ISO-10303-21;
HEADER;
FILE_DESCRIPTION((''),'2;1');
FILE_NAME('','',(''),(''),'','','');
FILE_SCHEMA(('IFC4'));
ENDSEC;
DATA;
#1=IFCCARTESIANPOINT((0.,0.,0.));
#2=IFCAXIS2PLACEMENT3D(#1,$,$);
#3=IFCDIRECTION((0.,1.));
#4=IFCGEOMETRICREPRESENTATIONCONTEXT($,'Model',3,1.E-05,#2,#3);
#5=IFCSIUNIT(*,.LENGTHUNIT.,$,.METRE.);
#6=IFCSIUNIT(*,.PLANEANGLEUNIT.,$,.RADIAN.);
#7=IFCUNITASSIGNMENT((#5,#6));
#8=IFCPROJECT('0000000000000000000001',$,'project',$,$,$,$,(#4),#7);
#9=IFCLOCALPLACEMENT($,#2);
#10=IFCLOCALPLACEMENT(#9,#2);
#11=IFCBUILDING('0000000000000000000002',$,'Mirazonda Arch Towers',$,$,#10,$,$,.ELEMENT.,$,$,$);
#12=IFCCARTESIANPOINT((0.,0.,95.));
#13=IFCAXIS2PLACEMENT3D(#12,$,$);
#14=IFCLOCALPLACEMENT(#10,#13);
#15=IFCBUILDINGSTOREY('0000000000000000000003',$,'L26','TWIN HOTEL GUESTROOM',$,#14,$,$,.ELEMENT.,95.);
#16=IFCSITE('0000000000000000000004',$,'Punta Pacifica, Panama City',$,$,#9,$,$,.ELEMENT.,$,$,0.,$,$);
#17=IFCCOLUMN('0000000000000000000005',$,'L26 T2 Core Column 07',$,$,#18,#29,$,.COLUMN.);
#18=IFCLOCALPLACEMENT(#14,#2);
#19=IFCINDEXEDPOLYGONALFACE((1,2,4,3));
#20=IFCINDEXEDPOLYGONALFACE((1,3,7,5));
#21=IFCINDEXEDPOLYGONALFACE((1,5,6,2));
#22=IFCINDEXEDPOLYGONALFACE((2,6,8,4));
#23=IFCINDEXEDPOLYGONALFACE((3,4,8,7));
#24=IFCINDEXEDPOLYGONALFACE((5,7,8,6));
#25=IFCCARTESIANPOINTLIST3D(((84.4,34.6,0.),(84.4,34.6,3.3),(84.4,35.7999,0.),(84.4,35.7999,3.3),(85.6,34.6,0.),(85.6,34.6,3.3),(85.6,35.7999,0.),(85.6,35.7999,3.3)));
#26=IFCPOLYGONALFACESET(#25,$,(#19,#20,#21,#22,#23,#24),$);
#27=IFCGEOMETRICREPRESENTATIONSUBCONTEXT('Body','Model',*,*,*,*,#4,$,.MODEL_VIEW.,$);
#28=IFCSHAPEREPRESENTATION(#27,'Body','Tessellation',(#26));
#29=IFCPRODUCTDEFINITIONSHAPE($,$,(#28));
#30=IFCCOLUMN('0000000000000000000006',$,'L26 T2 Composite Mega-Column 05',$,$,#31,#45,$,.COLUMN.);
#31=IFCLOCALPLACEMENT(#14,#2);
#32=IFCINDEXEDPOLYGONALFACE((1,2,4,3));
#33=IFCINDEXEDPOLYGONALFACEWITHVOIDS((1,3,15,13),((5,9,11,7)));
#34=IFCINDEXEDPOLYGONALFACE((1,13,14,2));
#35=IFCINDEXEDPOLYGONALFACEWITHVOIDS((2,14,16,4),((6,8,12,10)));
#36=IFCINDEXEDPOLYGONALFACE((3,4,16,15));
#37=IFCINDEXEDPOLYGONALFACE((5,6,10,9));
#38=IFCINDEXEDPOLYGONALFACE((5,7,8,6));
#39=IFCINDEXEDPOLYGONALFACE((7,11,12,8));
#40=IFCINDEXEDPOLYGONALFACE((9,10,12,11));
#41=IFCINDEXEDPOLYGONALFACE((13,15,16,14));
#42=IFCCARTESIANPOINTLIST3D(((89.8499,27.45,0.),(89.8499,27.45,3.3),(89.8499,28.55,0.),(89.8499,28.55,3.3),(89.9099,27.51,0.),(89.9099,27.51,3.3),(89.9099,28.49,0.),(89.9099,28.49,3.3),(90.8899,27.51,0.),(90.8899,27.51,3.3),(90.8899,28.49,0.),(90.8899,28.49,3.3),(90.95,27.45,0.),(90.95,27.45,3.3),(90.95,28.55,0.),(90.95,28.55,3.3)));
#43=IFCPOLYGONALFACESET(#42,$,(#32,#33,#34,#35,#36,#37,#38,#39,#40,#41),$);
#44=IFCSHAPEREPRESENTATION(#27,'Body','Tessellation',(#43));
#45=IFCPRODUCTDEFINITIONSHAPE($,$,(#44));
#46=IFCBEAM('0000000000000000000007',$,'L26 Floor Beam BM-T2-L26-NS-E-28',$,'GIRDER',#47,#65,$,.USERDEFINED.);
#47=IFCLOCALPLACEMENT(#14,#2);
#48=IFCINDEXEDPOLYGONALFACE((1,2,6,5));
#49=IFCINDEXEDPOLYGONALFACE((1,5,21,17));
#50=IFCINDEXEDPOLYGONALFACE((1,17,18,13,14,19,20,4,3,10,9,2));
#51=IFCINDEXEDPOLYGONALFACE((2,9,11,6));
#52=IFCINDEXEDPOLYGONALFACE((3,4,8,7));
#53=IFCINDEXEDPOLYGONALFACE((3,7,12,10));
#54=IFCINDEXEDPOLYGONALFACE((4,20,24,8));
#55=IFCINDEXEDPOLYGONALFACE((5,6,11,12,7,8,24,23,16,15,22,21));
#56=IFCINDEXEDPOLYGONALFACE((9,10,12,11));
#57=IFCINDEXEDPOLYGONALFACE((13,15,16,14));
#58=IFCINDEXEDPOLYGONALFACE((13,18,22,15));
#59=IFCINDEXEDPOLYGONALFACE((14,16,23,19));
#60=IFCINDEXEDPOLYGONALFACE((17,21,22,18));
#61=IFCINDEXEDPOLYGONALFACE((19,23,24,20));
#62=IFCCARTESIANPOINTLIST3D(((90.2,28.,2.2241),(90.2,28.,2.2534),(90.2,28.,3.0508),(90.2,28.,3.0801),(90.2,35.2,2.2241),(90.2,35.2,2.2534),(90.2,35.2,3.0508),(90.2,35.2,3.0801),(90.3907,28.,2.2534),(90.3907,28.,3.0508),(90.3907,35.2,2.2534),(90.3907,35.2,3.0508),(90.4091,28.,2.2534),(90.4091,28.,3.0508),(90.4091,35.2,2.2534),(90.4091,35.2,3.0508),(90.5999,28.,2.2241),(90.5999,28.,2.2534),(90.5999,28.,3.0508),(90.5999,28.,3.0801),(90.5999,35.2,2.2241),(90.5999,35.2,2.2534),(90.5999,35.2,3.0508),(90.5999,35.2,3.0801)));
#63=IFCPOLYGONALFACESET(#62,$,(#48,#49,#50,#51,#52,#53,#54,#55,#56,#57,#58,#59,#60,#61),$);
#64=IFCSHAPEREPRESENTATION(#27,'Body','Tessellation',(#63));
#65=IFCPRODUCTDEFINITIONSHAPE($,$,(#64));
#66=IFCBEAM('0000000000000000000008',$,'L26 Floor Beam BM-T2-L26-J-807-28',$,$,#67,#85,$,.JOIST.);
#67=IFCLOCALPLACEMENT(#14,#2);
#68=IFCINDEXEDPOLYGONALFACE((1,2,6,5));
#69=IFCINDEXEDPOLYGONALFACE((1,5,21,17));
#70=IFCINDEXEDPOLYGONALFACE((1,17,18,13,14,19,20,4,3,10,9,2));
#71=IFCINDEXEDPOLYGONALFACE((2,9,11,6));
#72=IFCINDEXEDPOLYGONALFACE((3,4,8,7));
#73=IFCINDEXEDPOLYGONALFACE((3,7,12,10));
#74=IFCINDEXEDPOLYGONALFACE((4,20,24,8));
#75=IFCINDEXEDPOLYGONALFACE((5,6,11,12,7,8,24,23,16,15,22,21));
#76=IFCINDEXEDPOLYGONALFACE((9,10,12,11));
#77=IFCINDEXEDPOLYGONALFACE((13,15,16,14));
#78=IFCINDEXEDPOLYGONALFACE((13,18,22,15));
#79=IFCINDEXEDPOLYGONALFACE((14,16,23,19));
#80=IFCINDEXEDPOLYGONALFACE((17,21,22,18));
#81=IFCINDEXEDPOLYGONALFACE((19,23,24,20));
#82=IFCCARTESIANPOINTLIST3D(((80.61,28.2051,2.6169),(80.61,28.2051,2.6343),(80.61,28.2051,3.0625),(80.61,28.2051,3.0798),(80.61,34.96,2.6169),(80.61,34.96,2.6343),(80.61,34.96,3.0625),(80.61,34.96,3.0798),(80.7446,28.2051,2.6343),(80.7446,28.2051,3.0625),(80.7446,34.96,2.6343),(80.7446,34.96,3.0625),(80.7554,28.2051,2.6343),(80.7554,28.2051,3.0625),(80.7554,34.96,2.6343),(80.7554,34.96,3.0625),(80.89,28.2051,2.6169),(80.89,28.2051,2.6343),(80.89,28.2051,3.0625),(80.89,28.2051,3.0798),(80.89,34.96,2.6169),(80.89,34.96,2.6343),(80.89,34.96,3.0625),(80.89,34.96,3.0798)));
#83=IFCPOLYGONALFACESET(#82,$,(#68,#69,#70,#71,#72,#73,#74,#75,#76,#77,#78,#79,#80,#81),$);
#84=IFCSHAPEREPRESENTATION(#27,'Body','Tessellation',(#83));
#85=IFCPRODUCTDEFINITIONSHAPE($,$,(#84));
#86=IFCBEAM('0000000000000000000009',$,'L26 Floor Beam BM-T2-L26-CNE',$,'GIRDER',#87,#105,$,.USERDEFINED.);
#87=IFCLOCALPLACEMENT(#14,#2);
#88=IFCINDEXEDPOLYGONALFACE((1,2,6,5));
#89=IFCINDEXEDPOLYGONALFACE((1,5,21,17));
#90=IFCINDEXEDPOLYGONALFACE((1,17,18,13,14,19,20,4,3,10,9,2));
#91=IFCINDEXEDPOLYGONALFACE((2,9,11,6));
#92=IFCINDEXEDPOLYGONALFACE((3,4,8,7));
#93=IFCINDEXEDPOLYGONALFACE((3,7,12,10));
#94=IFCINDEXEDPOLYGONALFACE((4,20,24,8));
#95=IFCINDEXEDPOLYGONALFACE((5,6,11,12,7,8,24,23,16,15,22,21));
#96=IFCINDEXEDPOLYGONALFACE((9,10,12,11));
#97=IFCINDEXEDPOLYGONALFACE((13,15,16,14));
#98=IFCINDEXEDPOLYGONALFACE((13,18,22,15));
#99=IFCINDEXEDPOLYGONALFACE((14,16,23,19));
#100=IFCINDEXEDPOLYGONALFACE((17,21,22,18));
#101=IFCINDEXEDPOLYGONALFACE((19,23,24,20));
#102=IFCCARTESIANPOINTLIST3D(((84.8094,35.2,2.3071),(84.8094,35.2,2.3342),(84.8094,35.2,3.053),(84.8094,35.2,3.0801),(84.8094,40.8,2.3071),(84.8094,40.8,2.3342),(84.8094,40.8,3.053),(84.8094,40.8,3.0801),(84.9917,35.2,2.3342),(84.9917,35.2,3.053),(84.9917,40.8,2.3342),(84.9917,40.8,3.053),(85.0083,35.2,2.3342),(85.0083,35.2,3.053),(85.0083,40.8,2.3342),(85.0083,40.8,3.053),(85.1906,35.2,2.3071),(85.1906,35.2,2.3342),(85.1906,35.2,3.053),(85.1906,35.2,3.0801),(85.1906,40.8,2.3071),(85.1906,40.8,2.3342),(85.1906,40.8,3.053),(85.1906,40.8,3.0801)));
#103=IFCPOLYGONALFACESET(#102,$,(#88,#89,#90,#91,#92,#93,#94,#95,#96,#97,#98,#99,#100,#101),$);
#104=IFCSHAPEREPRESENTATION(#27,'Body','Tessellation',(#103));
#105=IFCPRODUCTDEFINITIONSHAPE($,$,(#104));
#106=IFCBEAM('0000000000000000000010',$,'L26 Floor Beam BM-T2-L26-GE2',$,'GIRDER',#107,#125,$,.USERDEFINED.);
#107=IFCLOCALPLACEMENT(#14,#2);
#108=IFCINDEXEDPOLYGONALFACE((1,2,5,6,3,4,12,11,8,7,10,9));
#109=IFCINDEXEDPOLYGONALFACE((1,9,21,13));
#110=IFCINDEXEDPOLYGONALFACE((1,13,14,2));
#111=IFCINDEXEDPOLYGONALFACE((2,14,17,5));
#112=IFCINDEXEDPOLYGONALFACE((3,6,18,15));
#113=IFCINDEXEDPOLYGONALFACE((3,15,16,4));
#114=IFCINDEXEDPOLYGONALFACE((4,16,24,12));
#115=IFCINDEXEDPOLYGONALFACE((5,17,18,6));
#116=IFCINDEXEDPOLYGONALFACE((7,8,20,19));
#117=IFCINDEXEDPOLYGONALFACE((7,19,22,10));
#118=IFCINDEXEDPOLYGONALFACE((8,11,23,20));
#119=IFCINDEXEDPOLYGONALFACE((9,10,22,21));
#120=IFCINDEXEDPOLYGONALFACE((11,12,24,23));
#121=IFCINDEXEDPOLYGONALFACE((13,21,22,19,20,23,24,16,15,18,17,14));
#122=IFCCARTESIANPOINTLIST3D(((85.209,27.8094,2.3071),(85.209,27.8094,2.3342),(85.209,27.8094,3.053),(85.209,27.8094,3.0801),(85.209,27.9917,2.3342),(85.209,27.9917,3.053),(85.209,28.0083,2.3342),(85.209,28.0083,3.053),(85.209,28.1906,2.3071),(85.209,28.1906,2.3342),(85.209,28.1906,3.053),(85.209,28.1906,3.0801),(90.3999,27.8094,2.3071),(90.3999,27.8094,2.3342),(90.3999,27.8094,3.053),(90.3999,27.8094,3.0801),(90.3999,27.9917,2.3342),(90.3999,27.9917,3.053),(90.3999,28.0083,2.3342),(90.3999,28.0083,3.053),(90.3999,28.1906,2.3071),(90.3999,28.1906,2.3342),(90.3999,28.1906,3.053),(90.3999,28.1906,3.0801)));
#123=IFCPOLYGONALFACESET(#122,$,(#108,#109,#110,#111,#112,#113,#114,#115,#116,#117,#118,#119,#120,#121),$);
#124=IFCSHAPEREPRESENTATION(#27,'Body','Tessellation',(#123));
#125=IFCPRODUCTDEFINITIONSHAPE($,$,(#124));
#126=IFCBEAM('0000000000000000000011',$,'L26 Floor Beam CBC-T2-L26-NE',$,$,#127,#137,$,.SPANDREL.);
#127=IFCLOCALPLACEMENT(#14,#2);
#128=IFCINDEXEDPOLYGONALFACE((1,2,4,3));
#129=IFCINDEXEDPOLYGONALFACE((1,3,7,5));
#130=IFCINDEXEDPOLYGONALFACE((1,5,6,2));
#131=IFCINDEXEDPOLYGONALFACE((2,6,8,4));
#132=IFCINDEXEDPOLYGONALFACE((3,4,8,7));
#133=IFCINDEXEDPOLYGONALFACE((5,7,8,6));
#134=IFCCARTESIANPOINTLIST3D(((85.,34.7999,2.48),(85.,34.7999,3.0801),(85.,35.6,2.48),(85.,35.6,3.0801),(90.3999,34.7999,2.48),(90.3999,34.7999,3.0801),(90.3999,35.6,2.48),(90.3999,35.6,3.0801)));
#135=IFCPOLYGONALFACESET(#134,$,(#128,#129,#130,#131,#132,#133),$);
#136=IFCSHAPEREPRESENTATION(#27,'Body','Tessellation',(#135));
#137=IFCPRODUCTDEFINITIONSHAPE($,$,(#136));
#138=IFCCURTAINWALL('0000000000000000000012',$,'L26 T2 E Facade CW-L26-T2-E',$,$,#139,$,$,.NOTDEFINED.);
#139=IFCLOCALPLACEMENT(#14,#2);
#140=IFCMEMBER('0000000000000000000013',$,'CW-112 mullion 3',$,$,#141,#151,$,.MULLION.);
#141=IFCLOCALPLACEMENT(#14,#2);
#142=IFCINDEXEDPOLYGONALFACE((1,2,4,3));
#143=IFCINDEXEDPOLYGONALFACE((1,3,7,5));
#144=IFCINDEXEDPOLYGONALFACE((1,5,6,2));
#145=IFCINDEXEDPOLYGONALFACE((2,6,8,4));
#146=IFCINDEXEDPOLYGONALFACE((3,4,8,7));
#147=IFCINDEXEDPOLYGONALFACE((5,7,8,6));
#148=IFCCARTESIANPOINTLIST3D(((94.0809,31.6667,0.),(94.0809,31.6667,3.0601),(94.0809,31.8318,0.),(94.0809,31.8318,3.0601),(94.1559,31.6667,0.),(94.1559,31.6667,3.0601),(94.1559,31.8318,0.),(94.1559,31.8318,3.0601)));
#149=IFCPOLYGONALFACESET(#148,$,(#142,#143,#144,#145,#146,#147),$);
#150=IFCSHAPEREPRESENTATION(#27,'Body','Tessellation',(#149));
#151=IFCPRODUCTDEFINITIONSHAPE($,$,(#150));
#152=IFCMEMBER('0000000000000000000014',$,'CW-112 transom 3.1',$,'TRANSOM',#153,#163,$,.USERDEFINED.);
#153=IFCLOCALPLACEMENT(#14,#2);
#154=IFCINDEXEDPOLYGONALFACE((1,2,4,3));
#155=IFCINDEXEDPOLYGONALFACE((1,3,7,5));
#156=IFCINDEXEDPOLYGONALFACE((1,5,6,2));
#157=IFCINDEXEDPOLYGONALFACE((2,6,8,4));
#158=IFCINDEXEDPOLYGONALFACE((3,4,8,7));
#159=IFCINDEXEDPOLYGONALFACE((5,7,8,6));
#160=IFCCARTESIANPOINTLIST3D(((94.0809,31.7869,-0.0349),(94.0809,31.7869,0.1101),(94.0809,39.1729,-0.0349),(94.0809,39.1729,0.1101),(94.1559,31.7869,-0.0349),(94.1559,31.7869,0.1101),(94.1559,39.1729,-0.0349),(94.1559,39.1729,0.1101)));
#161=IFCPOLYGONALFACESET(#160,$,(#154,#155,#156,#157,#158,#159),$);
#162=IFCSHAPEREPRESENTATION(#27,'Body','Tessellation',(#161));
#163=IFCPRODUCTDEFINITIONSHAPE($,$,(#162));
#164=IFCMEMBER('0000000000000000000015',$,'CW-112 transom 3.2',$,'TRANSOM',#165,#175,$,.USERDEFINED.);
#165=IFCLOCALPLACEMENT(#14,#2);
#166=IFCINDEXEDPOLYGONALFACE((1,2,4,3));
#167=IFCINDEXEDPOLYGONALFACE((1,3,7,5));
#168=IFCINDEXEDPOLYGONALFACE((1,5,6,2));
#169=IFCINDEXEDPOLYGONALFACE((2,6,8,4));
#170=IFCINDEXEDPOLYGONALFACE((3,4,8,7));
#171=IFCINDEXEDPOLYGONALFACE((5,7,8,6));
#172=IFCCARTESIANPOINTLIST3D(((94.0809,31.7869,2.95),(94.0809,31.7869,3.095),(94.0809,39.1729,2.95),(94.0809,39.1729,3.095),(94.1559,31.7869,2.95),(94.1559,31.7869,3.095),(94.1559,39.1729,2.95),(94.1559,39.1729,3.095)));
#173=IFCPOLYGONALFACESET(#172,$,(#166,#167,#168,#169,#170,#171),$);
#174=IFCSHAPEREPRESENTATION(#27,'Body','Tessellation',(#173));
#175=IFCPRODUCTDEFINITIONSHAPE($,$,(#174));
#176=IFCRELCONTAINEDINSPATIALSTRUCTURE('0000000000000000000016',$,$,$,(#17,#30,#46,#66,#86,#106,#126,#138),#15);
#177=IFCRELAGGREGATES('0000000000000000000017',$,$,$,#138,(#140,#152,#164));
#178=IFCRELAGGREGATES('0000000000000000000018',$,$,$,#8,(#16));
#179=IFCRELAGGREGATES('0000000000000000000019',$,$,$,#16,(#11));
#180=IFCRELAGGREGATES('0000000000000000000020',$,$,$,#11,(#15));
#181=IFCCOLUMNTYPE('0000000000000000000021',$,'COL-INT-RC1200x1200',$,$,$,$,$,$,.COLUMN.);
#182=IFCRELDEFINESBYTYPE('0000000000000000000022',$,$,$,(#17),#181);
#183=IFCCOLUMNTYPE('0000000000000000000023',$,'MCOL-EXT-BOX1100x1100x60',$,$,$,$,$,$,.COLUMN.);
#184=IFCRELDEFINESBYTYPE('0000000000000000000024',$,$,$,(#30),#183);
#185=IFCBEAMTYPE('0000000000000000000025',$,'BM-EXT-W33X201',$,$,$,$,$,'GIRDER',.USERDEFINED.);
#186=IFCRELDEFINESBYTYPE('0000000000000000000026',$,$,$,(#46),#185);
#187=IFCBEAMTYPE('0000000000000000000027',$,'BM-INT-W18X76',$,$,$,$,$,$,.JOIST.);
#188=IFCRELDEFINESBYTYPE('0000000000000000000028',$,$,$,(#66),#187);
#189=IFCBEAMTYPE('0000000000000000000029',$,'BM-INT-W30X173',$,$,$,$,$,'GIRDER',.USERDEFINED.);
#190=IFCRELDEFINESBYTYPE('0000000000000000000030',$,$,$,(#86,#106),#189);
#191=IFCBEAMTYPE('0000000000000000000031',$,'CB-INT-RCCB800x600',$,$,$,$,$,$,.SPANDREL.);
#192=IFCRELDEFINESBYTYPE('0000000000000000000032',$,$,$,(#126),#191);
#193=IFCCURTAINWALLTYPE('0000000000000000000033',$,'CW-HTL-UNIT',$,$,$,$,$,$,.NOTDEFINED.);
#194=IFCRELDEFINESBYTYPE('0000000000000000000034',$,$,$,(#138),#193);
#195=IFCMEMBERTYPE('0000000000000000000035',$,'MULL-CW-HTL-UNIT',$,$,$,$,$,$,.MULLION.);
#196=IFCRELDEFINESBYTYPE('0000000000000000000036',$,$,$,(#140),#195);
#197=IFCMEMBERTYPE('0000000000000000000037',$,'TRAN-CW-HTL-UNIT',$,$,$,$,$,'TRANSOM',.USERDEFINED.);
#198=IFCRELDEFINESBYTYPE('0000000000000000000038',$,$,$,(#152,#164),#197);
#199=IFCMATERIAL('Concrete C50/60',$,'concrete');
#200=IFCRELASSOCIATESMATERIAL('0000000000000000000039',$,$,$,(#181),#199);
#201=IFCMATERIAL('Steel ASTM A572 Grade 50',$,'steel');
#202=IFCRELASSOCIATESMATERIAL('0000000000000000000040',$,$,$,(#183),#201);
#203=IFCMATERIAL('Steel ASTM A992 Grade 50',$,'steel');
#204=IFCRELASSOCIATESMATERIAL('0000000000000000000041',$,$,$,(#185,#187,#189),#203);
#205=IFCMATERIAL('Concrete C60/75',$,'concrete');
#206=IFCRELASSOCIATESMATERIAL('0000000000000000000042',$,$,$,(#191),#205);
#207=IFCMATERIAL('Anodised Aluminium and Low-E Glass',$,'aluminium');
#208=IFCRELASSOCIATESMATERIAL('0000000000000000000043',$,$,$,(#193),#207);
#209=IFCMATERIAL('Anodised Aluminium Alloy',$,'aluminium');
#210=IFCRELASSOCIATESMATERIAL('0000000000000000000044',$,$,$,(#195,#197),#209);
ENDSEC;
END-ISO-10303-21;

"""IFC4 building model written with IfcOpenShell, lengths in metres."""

from ifc_helpers import new_model, si_unit, direction, frame, origin, origin_2d, place, context, subcontext, project, spatial, rectangle, hollow_rectangle, i_section, extrude, material, material_profile, profile_set, type_object, element, aggregate, save


model = new_model("IFC4")

# Units and contexts
model_context = context("Model", 3, precision=1e-05, world=origin(), true_north=direction((0.0, 1.0)))
body_context = subcontext(model_context, "Body", "Model", "MODEL_VIEW")
ifc_project = project(units=[si_unit("LENGTHUNIT", "METRE"), si_unit("PLANEANGLEUNIT", "RADIAN")], contexts=[model_context])

# Site, building, storey
site_placement = place(None, origin())
site = spatial("IfcSite", under=ifc_project, at=site_placement, Name="Punta Pacifica, Panama City", CompositionType="ELEMENT", RefElevation=0.0)
building_placement = place(site_placement, origin())
building = spatial("IfcBuilding", under=site, at=building_placement, Name="Mirazonda Arch Towers", CompositionType="ELEMENT")
storey_placement = place(building_placement, frame((0.0, 0.0, 95.0)))
storey = spatial("IfcBuildingStorey", under=building, at=storey_placement, Name="L26", Description="TWIN HOTEL GUESTROOM", CompositionType="ELEMENT", Elevation=95.0)

# Columns
ifc_material_1 = material(Name="Concrete C50/60", Category="concrete")
ifc_material_profile_1 = material_profile(ifc_material_1, rectangle(XDim=1.2, YDim=1.2, at=origin_2d()), Name="RC1200x1200")
ifc_profile_set_1 = profile_set([ifc_material_profile_1], Name="Concrete C50/60")
column_type_1 = type_object("IfcColumnType", Name="COL-INT-RC1200x1200", PredefinedType="COLUMN", material=ifc_profile_set_1)
column_1_placement = place(storey_placement, frame((85.0, 35.2, 0.0), z_axis=(0.0, 0.0, 1.0), x_axis=(1.0, 0.0, 0.0)))
element("IfcColumn", 1, at=column_1_placement, inside=storey, type_object=column_type_1, Name="L26 T2 Core Column 07", PredefinedType="COLUMN", context=body_context, shape_type="SweptSolid", body=[
    extrude(rectangle(XDim=1.2, YDim=1.2, at=origin_2d()), origin(), (0.0, 0.0, 1.0), 3.3),
])
ifc_material_2 = material(Name="Steel ASTM A572 Grade 50", Category="steel")
ifc_material_profile_2 = material_profile(ifc_material_2, hollow_rectangle(XDim=1.1001, YDim=1.1001, WallThickness=0.0601, at=origin_2d()), Name="BOX1100x1100x60")
ifc_profile_set_2 = profile_set([ifc_material_profile_2], Name="Steel ASTM A572 Grade 50")
column_type_2 = type_object("IfcColumnType", Name="MCOL-EXT-BOX1100x1100x60", PredefinedType="COLUMN", material=ifc_profile_set_2)
column_2_placement = place(storey_placement, frame((90.3999, 28.0, 0.0), z_axis=(0.0, 0.0, 1.0), x_axis=(1.0, 0.0, 0.0)))
element("IfcColumn", 2, at=column_2_placement, inside=storey, type_object=column_type_2, Name="L26 T2 Composite Mega-Column 05", PredefinedType="COLUMN", context=body_context, shape_type="SweptSolid", body=[
    extrude(hollow_rectangle(XDim=1.1001, YDim=1.1001, WallThickness=0.0601, at=origin_2d()), origin(), (0.0, 0.0, 1.0), 3.3),
])

# Beams
ifc_material_3 = material(Name="Steel ASTM A992 Grade 50", Category="steel")
ifc_material_profile_3 = material_profile(ifc_material_3, i_section(OverallWidth=0.3999, OverallDepth=0.856, WebThickness=0.0183, FlangeThickness=0.0293, at=origin_2d()), Name="W33X201")
ifc_profile_set_3 = profile_set([ifc_material_profile_3], Name="Steel ASTM A992 Grade 50")
beam_type_1 = type_object("IfcBeamType", Name="BM-EXT-W33X201", ElementType="GIRDER", PredefinedType="USERDEFINED", material=ifc_profile_set_3)
beam_1_placement = place(storey_placement, frame((90.3999, 28.0, 2.6521), z_axis=(0.0, 1.0, 0.0), x_axis=(-1.0, 0.0, 0.0)))
element("IfcBeam", 3, at=beam_1_placement, inside=storey, type_object=beam_type_1, Name="L26 Floor Beam BM-T2-L26-NS-E-28", ObjectType="GIRDER", PredefinedType="USERDEFINED", context=body_context, shape_type="SweptSolid", body=[
    extrude(i_section(OverallWidth=0.3999, OverallDepth=0.856, WebThickness=0.0183, FlangeThickness=0.0293, at=origin_2d()), origin(), (0.0, 0.0, 1.0), 7.2),
])
ifc_material_profile_4 = material_profile(ifc_material_3, i_section(OverallWidth=0.28, OverallDepth=0.4629, WebThickness=0.0107, FlangeThickness=0.0173, at=origin_2d()), Name="W18X76")
ifc_profile_set_4 = profile_set([ifc_material_profile_4], Name="Steel ASTM A992 Grade 50")
beam_type_2 = type_object("IfcBeamType", Name="BM-INT-W18X76", PredefinedType="JOIST", material=ifc_profile_set_4)
beam_2_placement = place(storey_placement, frame((80.75, 28.2051, 2.8484), z_axis=(0.0, 1.0, 0.0), x_axis=(-1.0, 0.0, 0.0)))
element("IfcBeam", 4, at=beam_2_placement, inside=storey, type_object=beam_type_2, Name="L26 Floor Beam BM-T2-L26-J-807-28", PredefinedType="JOIST", context=body_context, shape_type="SweptSolid", body=[
    extrude(i_section(OverallWidth=0.28, OverallDepth=0.4629, WebThickness=0.0107, FlangeThickness=0.0173, at=origin_2d()), origin(), (0.0, 0.0, 1.0), 6.7549),
])
ifc_material_profile_5 = material_profile(ifc_material_3, i_section(OverallWidth=0.3811, OverallDepth=0.7729, WebThickness=0.0166, FlangeThickness=0.0271, at=origin_2d()), Name="W30X173")
ifc_profile_set_5 = profile_set([ifc_material_profile_5], Name="Steel ASTM A992 Grade 50")
beam_type_3 = type_object("IfcBeamType", Name="BM-INT-W30X173", ElementType="GIRDER", PredefinedType="USERDEFINED", material=ifc_profile_set_5)
beam_3_placement = place(storey_placement, frame((85.0, 35.2, 2.6936), z_axis=(0.0, 1.0, 0.0), x_axis=(-1.0, 0.0, 0.0)))
element("IfcBeam", 5, at=beam_3_placement, inside=storey, type_object=beam_type_3, Name="L26 Floor Beam BM-T2-L26-CNE", ObjectType="GIRDER", PredefinedType="USERDEFINED", context=body_context, shape_type="SweptSolid", body=[
    extrude(i_section(OverallWidth=0.3811, OverallDepth=0.7729, WebThickness=0.0166, FlangeThickness=0.0271, at=origin_2d()), origin(), (0.0, 0.0, 1.0), 5.6001),
])
beam_4_placement = place(storey_placement, frame((85.209, 28.0, 2.6936), z_axis=(1.0, 0.0, 0.0), x_axis=(0.0, 1.0, 0.0)))
element("IfcBeam", 6, at=beam_4_placement, inside=storey, type_object=beam_type_3, Name="L26 Floor Beam BM-T2-L26-GE2", ObjectType="GIRDER", PredefinedType="USERDEFINED", context=body_context, shape_type="SweptSolid", body=[
    extrude(i_section(OverallWidth=0.3811, OverallDepth=0.7729, WebThickness=0.0166, FlangeThickness=0.0271, at=origin_2d()), origin(), (0.0, 0.0, 1.0), 5.1909),
])
ifc_material_4 = material(Name="Concrete C60/75", Category="concrete")
ifc_material_profile_6 = material_profile(ifc_material_4, rectangle(XDim=0.8, YDim=0.6001, at=origin_2d()), Name="RCCB800x600")
ifc_profile_set_6 = profile_set([ifc_material_profile_6], Name="Concrete C60/75")
beam_type_4 = type_object("IfcBeamType", Name="CB-INT-RCCB800x600", PredefinedType="SPANDREL", material=ifc_profile_set_6)
beam_5_placement = place(storey_placement, frame((85.0, 35.2, 2.78), z_axis=(1.0, 0.0, 0.0), x_axis=(0.0, 1.0, 0.0)))
element("IfcBeam", 7, at=beam_5_placement, inside=storey, type_object=beam_type_4, Name="L26 Floor Beam CBC-T2-L26-NE", PredefinedType="SPANDREL", context=body_context, shape_type="SweptSolid", body=[
    extrude(rectangle(XDim=0.8, YDim=0.6001, at=origin_2d()), origin(), (0.0, 0.0, 1.0), 5.3999),
])

# Curtain wall, members
ifc_material_5 = material(Name="Anodised Aluminium and Low-E Glass", Category="aluminium")
curtain_wall_type = type_object("IfcCurtainWallType", Name="CW-HTL-UNIT", PredefinedType="NOTDEFINED", material=ifc_material_5)
curtain_wall_placement = place(storey_placement, origin())
curtain_wall = element("IfcCurtainWall", 8, at=curtain_wall_placement, inside=storey, type_object=curtain_wall_type, Name="L26 T2 E Facade CW-L26-T2-E", PredefinedType="NOTDEFINED")
ifc_material_6 = material(Name="Anodised Aluminium Alloy", Category="aluminium")
ifc_material_profile_7 = material_profile(ifc_material_6, rectangle(XDim=0.075, YDim=0.165, at=origin_2d()), Name="ALU-MULL-75x165")
ifc_profile_set_7 = profile_set([ifc_material_profile_7], Name="Anodised Aluminium Alloy")
member_type_1 = type_object("IfcMemberType", Name="MULL-CW-HTL-UNIT", PredefinedType="MULLION", material=ifc_profile_set_7)
member_1_placement = place(storey_placement, frame((94.1184, 31.7493, 0.0), z_axis=(0.0, 0.0, 1.0), x_axis=(-1.0, 0.0, 0.0)))
member_1 = element("IfcMember", 9, at=member_1_placement, type_object=member_type_1, Name="CW-112 mullion 3", PredefinedType="MULLION", context=body_context, shape_type="SweptSolid", body=[
    extrude(rectangle(XDim=0.075, YDim=0.165, at=origin_2d()), origin(), (0.0, 0.0, 1.0), 3.0601),
])
ifc_material_profile_8 = material_profile(ifc_material_6, rectangle(XDim=0.075, YDim=0.145, at=origin_2d()), Name="ALU-TRAN-75x145")
ifc_profile_set_8 = profile_set([ifc_material_profile_8], Name="Anodised Aluminium Alloy")
member_type_2 = type_object("IfcMemberType", Name="TRAN-CW-HTL-UNIT", ElementType="TRANSOM", PredefinedType="USERDEFINED", material=ifc_profile_set_8)
member_2_placement = place(storey_placement, frame((94.1184, 31.7869, 0.0376), z_axis=(0.0, 1.0, 0.0), x_axis=(-1.0, 0.0, 0.0)))
member_2 = element("IfcMember", 10, at=member_2_placement, type_object=member_type_2, Name="CW-112 transom 3.1", ObjectType="TRANSOM", PredefinedType="USERDEFINED", context=body_context, shape_type="SweptSolid", body=[
    extrude(rectangle(XDim=0.075, YDim=0.145, at=origin_2d()), origin(), (0.0, 0.0, 1.0), 7.386),
])
member_3_placement = place(storey_placement, frame((94.1184, 31.7869, 3.0225), z_axis=(0.0, 1.0, 0.0), x_axis=(-1.0, 0.0, 0.0)))
member_3 = element("IfcMember", 11, at=member_3_placement, type_object=member_type_2, Name="CW-112 transom 3.2", ObjectType="TRANSOM", PredefinedType="USERDEFINED", context=body_context, shape_type="SweptSolid", body=[
    extrude(rectangle(XDim=0.075, YDim=0.145, at=origin_2d()), origin(), (0.0, 0.0, 1.0), 7.386),
])
aggregate(curtain_wall, [member_1, member_2, member_3])

save(model, "model.ifc")
